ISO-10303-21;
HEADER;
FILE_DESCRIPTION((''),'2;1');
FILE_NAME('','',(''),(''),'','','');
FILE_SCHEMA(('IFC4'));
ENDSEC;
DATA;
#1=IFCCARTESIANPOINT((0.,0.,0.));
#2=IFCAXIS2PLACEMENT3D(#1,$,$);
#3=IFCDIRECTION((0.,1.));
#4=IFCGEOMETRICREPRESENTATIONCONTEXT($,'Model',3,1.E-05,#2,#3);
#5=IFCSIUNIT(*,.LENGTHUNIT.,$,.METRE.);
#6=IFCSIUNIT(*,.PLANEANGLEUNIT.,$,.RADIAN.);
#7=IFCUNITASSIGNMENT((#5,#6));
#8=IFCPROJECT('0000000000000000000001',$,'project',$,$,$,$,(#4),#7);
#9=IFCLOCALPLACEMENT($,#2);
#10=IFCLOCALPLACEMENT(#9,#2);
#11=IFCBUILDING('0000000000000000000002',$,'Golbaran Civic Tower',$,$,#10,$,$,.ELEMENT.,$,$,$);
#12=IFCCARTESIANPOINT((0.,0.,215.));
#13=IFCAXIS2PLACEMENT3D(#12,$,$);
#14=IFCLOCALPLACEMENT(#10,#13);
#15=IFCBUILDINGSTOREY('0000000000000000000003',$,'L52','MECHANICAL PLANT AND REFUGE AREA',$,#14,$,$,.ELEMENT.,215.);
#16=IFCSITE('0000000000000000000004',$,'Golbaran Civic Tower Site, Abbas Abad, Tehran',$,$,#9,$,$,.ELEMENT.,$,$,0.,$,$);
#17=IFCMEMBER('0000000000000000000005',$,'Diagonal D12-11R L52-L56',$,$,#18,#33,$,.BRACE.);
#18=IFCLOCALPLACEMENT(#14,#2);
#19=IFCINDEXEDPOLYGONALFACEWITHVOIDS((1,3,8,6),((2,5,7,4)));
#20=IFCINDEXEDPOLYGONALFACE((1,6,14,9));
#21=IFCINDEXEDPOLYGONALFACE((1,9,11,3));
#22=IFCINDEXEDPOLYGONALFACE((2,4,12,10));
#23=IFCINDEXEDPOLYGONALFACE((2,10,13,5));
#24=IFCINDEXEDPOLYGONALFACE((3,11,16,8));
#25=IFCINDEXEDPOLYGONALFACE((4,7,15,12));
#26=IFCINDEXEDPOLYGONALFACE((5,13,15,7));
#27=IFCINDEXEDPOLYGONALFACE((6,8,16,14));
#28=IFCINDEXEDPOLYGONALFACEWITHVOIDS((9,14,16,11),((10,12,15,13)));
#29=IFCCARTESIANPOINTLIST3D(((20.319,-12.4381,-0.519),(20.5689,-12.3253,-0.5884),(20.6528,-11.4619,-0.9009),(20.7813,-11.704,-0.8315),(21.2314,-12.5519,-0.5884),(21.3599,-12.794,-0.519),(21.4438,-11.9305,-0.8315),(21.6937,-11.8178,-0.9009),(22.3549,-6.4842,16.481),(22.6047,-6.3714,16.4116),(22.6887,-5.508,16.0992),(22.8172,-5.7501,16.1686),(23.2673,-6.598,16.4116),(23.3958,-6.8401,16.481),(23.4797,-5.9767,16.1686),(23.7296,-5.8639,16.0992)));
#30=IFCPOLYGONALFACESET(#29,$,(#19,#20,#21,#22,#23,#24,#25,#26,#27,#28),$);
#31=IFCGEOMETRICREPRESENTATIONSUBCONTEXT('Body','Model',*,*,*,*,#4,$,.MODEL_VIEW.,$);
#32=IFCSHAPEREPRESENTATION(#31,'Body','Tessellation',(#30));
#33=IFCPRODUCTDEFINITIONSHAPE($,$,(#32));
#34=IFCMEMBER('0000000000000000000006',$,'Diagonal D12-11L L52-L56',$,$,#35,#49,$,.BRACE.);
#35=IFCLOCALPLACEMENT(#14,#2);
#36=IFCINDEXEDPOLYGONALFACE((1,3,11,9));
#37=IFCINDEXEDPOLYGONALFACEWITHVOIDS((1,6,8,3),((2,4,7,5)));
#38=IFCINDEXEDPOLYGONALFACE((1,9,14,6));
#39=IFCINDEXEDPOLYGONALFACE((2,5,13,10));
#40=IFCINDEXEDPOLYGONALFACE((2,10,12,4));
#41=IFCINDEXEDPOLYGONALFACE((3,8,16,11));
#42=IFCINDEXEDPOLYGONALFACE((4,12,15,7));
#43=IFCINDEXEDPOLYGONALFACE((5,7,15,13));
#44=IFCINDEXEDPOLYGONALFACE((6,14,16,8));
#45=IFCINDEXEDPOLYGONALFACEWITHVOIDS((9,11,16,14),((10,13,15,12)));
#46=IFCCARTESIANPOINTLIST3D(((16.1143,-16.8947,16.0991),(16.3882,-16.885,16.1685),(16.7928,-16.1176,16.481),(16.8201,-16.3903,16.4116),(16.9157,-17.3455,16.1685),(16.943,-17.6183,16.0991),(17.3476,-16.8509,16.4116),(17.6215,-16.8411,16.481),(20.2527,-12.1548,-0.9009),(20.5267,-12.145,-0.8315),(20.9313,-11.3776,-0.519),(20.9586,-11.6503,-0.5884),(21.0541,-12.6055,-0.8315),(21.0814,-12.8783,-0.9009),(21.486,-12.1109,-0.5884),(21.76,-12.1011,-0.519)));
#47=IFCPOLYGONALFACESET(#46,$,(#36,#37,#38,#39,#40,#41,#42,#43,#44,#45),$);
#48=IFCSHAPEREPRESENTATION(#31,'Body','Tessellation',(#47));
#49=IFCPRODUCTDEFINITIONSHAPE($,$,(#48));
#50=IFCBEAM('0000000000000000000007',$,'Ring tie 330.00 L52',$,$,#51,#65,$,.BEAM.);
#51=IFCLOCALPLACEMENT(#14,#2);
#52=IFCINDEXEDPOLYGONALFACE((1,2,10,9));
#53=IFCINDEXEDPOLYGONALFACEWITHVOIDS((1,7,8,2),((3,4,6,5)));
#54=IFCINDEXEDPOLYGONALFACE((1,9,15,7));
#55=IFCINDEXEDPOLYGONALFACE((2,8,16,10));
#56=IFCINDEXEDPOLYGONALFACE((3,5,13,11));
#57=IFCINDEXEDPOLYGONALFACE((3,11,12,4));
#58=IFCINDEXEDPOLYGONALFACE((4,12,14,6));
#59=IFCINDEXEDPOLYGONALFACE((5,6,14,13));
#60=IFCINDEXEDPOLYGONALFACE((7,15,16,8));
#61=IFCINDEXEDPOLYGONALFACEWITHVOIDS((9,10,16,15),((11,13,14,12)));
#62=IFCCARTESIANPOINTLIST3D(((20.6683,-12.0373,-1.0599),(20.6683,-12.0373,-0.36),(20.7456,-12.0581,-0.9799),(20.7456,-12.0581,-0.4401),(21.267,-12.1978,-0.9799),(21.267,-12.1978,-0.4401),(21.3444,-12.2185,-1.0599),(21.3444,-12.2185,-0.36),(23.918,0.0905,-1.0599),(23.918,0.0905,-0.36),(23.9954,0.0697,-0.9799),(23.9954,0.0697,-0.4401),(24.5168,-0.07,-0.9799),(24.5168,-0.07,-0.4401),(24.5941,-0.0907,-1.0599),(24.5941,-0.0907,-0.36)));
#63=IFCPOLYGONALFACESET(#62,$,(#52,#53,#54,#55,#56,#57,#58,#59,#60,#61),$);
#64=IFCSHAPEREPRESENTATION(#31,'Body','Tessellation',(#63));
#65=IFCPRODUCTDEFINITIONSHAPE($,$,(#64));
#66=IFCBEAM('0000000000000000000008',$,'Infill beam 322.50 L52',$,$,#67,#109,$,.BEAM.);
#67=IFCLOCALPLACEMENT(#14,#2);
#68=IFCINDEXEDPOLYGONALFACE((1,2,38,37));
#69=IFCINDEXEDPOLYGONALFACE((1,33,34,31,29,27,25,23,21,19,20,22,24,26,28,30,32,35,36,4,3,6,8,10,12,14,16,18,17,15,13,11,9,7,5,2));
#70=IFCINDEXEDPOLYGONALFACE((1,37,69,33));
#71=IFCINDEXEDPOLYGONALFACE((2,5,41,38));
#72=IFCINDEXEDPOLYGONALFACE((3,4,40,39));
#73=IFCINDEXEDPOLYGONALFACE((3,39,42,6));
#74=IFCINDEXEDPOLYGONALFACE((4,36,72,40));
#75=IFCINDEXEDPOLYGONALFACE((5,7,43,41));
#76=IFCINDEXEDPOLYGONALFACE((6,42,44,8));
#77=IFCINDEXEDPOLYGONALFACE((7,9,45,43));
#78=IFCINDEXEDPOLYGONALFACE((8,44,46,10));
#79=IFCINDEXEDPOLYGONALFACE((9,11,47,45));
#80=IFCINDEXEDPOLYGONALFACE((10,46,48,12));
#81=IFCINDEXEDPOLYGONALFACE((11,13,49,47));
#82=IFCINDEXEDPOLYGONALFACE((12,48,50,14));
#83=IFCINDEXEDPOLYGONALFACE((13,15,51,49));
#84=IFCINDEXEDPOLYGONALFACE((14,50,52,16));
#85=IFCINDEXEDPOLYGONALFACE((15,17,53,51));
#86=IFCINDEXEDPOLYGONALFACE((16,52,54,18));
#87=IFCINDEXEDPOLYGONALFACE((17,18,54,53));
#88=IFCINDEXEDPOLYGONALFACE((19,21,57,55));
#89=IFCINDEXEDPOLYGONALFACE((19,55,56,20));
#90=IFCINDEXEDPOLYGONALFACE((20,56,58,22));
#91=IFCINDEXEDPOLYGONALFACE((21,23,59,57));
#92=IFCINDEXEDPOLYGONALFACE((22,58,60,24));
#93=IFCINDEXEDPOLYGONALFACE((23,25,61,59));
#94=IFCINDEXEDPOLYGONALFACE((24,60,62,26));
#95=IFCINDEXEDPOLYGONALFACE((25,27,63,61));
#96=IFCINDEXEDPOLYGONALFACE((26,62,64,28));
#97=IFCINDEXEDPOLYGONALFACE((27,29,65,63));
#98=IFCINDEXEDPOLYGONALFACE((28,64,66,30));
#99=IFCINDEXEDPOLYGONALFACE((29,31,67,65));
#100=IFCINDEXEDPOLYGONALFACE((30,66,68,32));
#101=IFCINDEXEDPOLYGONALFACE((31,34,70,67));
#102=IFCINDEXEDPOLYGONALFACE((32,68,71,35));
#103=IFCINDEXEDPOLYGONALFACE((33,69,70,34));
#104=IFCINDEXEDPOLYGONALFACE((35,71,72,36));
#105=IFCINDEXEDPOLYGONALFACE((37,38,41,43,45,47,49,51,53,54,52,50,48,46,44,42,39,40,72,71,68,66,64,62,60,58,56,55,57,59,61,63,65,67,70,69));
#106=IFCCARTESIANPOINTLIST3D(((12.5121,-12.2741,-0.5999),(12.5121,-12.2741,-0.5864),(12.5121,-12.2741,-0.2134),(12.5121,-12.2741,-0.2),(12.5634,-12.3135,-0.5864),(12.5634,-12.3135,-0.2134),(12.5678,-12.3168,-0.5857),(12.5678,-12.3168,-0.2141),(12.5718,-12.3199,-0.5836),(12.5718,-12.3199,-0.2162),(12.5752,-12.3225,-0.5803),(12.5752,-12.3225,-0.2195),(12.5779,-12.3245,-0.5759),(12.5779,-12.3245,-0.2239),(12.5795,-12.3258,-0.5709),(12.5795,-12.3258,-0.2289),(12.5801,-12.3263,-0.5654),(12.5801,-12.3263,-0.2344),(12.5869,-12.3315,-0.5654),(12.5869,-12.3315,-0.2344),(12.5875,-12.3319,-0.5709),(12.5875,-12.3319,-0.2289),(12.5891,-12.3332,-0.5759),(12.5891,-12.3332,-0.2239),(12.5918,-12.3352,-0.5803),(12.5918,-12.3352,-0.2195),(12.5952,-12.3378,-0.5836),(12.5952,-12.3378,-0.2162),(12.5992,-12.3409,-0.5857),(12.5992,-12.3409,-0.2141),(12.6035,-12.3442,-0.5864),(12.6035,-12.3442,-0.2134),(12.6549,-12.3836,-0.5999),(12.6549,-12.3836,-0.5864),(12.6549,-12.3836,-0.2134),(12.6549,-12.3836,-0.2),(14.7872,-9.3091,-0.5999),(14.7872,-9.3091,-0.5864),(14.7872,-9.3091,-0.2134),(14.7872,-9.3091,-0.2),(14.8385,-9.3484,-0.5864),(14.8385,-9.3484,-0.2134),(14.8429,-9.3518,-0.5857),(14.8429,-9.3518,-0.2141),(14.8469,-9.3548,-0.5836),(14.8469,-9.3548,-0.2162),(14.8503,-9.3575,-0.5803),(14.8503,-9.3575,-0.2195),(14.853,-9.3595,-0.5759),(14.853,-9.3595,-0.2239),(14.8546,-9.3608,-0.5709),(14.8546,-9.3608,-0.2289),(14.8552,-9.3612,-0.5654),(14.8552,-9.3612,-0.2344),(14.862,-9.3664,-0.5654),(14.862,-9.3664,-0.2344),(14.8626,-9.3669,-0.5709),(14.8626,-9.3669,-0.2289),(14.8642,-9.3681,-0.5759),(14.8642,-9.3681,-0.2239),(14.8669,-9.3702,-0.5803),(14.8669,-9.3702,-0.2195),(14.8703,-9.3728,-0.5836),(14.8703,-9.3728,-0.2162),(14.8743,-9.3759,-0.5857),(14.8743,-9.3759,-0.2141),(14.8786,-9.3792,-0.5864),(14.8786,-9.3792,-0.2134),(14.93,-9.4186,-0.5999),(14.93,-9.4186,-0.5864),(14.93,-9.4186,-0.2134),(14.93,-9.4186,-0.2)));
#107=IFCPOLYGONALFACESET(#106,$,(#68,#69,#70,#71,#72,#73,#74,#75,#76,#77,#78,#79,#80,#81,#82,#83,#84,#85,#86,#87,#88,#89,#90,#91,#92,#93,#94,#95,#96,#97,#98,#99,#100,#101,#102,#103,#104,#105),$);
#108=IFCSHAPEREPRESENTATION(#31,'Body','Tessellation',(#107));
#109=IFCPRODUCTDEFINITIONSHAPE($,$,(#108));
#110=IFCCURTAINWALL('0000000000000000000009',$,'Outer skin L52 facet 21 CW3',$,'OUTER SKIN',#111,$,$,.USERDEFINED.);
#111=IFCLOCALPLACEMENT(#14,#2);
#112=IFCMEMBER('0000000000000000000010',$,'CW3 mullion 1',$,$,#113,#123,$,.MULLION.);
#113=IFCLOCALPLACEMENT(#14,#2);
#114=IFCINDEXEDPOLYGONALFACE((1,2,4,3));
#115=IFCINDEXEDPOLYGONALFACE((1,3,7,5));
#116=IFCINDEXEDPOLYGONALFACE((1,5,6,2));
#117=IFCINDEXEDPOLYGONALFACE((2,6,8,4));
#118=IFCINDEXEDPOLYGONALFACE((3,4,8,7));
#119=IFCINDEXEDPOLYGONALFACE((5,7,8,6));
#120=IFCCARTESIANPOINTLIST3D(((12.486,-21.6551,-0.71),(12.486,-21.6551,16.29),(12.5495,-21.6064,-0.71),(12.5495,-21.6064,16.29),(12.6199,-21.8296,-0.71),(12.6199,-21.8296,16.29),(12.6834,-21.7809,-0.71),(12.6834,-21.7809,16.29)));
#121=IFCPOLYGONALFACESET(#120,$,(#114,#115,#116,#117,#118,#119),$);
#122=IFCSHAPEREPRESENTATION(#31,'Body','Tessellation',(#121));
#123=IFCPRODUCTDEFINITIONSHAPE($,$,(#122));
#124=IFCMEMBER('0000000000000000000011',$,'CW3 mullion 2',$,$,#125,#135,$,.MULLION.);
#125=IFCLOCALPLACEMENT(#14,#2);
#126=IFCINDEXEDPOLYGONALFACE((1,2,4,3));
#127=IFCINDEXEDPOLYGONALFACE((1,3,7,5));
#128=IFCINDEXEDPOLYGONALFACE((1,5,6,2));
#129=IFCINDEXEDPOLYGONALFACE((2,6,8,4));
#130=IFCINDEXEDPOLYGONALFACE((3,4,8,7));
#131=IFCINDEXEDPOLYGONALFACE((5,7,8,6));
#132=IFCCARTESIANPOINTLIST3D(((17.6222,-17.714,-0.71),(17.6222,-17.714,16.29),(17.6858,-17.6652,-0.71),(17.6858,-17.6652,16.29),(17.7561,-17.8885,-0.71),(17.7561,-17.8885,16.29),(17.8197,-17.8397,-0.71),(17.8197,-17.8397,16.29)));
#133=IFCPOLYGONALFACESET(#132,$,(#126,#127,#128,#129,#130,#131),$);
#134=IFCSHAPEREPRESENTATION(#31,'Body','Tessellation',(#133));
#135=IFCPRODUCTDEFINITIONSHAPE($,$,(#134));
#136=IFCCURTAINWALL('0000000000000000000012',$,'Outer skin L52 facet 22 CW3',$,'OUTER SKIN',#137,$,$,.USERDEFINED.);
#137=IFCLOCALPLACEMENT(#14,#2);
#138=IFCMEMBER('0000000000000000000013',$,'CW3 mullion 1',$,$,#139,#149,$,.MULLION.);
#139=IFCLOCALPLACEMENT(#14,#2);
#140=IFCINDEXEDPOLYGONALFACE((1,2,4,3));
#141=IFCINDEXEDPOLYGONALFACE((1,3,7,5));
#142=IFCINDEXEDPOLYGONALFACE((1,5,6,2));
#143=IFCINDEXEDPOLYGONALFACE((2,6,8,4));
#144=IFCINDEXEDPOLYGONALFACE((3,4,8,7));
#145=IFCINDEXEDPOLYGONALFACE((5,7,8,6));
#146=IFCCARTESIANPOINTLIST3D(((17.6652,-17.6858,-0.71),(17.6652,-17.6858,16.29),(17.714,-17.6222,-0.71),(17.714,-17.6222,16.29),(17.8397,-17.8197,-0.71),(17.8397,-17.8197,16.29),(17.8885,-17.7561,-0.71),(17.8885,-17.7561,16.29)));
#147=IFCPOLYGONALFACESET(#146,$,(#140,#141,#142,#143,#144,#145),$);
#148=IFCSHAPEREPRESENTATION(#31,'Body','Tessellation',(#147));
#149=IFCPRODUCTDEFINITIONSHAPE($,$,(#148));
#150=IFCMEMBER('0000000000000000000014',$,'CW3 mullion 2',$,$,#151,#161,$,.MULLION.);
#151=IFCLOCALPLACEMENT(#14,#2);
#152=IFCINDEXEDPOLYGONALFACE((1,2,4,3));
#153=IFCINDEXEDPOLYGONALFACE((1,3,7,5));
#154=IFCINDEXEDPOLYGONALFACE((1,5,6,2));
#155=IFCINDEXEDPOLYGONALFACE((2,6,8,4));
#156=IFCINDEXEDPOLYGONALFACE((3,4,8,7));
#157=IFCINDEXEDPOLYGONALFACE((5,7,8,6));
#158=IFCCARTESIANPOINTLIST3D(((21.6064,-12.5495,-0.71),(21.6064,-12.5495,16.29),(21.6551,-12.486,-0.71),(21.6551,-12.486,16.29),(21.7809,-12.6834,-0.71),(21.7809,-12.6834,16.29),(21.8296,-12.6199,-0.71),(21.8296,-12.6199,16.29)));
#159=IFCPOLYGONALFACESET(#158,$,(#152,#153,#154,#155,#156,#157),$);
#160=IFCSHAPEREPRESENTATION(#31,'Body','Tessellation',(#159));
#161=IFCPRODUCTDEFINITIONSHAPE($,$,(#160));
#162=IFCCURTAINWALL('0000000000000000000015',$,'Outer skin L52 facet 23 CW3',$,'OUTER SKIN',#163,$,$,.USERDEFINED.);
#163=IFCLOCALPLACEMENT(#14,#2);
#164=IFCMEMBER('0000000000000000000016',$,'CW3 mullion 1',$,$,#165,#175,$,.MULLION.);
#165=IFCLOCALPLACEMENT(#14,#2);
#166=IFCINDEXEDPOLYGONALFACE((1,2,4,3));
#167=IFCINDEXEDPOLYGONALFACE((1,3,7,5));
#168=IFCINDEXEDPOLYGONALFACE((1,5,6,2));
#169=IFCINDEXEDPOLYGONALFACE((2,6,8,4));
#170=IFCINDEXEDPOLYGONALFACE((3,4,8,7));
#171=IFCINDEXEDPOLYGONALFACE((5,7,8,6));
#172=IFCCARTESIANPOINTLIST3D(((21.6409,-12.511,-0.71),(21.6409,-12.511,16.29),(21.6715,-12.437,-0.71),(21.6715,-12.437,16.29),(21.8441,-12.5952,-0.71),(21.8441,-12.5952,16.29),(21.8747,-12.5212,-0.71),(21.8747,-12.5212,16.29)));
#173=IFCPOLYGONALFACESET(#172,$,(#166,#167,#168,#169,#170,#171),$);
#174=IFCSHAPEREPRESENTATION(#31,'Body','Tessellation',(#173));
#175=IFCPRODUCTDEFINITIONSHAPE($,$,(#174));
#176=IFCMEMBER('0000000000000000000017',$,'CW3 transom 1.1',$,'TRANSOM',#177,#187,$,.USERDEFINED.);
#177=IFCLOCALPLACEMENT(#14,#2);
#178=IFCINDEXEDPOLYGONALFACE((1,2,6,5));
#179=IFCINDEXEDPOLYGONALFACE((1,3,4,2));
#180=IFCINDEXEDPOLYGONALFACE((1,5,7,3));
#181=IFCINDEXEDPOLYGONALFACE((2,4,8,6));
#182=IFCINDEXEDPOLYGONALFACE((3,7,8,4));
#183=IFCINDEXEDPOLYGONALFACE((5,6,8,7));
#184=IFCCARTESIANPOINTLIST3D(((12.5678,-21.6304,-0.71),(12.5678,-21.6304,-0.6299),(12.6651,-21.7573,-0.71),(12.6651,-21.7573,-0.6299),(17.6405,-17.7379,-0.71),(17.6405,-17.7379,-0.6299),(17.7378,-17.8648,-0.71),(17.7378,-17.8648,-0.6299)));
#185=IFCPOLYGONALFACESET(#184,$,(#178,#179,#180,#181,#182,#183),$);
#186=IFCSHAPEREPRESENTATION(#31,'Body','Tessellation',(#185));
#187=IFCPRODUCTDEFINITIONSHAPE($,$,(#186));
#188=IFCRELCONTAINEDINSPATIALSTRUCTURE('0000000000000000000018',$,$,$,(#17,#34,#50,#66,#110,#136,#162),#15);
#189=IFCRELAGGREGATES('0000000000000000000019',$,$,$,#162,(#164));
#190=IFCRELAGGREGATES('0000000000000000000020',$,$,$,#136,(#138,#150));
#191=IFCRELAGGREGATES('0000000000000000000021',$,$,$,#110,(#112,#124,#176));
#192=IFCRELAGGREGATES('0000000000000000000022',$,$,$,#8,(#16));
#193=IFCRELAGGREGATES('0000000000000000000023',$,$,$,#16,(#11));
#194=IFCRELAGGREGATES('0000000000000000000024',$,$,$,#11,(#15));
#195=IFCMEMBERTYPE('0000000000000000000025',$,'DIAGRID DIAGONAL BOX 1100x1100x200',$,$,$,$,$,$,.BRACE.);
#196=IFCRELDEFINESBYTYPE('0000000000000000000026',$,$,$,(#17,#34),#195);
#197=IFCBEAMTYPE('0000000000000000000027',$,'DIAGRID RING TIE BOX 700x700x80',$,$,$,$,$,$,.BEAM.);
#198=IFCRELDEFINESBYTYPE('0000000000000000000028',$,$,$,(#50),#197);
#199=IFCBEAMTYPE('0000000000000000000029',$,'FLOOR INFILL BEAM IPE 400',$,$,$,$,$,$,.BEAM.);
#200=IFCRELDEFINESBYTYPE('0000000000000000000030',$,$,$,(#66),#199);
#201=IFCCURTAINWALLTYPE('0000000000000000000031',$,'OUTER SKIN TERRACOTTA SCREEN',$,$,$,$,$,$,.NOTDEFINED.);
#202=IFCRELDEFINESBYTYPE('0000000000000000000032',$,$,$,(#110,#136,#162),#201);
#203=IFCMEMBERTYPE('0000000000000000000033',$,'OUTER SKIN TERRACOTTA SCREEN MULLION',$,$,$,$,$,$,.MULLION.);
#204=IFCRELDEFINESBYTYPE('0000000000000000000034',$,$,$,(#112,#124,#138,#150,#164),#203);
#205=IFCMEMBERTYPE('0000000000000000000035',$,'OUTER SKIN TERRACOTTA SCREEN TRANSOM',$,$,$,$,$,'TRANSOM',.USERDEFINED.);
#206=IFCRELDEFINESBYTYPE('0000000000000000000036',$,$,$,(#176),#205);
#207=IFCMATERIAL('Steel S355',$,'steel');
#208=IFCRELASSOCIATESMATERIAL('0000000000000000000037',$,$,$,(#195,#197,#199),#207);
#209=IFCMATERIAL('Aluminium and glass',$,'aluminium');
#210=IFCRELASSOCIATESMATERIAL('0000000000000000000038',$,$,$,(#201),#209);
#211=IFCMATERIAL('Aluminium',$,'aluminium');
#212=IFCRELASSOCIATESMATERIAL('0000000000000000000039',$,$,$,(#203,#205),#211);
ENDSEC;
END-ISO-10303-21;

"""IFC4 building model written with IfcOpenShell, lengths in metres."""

from ifc_helpers import new_model, si_unit, direction, frame, origin, origin_2d, place, context, subcontext, project, spatial, rectangle, hollow_rectangle, i_section, extrude, material, material_profile, profile_set, type_object, element, aggregate, save


model = new_model("IFC4")

# Units and contexts
model_context = context("Model", 3, precision=1e-05, world=origin(), true_north=direction((0.0, 1.0)))
body_context = subcontext(model_context, "Body", "Model", "MODEL_VIEW")
ifc_project = project(units=[si_unit("LENGTHUNIT", "METRE"), si_unit("PLANEANGLEUNIT", "RADIAN")], contexts=[model_context])

# Site, building, storey
site_placement = place(None, origin())
site = spatial("IfcSite", under=ifc_project, at=site_placement, Name="Golbaran Civic Tower Site, Abbas Abad, Tehran", CompositionType="ELEMENT", RefElevation=0.0)
building_placement = place(site_placement, origin())
building = spatial("IfcBuilding", under=site, at=building_placement, Name="Golbaran Civic Tower", CompositionType="ELEMENT")
storey_placement = place(building_placement, frame((0.0, 0.0, 215.0)))
storey = spatial("IfcBuildingStorey", under=building, at=storey_placement, Name="L52", Description="MECHANICAL PLANT AND REFUGE AREA", CompositionType="ELEMENT", Elevation=215.0)

# Members
ifc_material_1 = material(Name="Steel S355", Category="steel")
ifc_material_profile_1 = material_profile(ifc_material_1, hollow_rectangle(XDim=1.1001, YDim=1.1001, WallThickness=0.2, at=origin_2d()), Name="BOX 1100x1100x200")
ifc_profile_set_1 = profile_set([ifc_material_profile_1], Name="Steel S355")
member_type_1 = type_object("IfcMemberType", Name="DIAGRID DIAGONAL BOX 1100x1100x200", PredefinedType="BRACE", material=ifc_profile_set_1)
for number, where, z_axis, x_axis, name in (
    (1, (21.0063, -12.1279, -0.71), (0.112312, 0.32845, 0.93782), (-0.946211, 0.323551, 0.0), "Diagonal D12-11R L52-L56"),
    (2, (21.0063, -12.1279, -0.71), (-0.2283, -0.261485, 0.937819), (0.75329, -0.657688, 0.0), "Diagonal D12-11L L52-L56"),
):
    element("IfcMember", number, at=place(storey_placement, frame(where, z_axis=z_axis, x_axis=x_axis)), inside=storey, type_object=member_type_1, Name=name, PredefinedType="BRACE", context=body_context, shape_type="SweptSolid", body=[
        extrude(hollow_rectangle(XDim=1.1001, YDim=1.1001, WallThickness=0.2, at=origin_2d()), origin(), (0.0, 0.0, 1.0), 18.1272),
    ])

# Beams
ifc_material_profile_2 = material_profile(ifc_material_1, hollow_rectangle(XDim=0.7, YDim=0.7, WallThickness=0.0801, at=origin_2d()), Name="BOX 700x700x80")
ifc_profile_set_2 = profile_set([ifc_material_profile_2], Name="Steel S355")
beam_type_1 = type_object("IfcBeamType", Name="DIAGRID RING TIE BOX 700x700x80", PredefinedType="BEAM", material=ifc_profile_set_2)
beam_1_placement = place(storey_placement, frame((21.0063, -12.1279, -0.71), z_axis=(0.258826, 0.965924, 0.0), x_axis=(-0.965924, 0.258826, 0.0)))
element("IfcBeam", 3, at=beam_1_placement, inside=storey, type_object=beam_type_1, Name="Ring tie 330.00 L52", PredefinedType="BEAM", context=body_context, shape_type="SweptSolid", body=[
    extrude(hollow_rectangle(XDim=0.7, YDim=0.7, WallThickness=0.0801, at=origin_2d()), origin(), (0.0, 0.0, 1.0), 12.5557),
])
ifc_material_profile_3 = material_profile(ifc_material_1, i_section(OverallWidth=0.1799, OverallDepth=0.3999, WebThickness=0.0085, FlangeThickness=0.0134, FilletRadius=0.021, at=origin_2d()), Name="IPE 400")
ifc_profile_set_3 = profile_set([ifc_material_profile_3], Name="Steel S355")
beam_type_2 = type_object("IfcBeamType", Name="FLOOR INFILL BEAM IPE 400", PredefinedType="BEAM", material=ifc_profile_set_3)
beam_2_placement = place(storey_placement, frame((12.5835, -12.3289, -0.3999), z_axis=(0.608754, 0.793359, 0.0), x_axis=(-0.793359, 0.608754, 0.0)))
element("IfcBeam", 4, at=beam_2_placement, inside=storey, type_object=beam_type_2, Name="Infill beam 322.50 L52", PredefinedType="BEAM", context=body_context, shape_type="SweptSolid", body=[
    extrude(i_section(OverallWidth=0.1799, OverallDepth=0.3999, WebThickness=0.0085, FlangeThickness=0.0134, FilletRadius=0.021, at=origin_2d()), origin(), (0.0, 0.0, 1.0), 3.7373),
])

# Curtain walls, members
ifc_material_2 = material(Name="Aluminium and glass", Category="aluminium")
curtain_wall_type_1 = type_object("IfcCurtainWallType", Name="OUTER SKIN TERRACOTTA SCREEN", PredefinedType="NOTDEFINED", material=ifc_material_2)
curtain_wall_1_placement = place(storey_placement, origin())
curtain_wall_1 = element("IfcCurtainWall", 5, at=curtain_wall_1_placement, inside=storey, type_object=curtain_wall_type_1, Name="Outer skin L52 facet 21 CW3", ObjectType="OUTER SKIN", PredefinedType="USERDEFINED")
ifc_material_3 = material(Name="Aluminium", Category="aluminium")
ifc_material_profile_4 = material_profile(ifc_material_3, rectangle(XDim=0.22, YDim=0.0801, at=origin_2d()), Name="OUTER SKIN TERRACOTTA SCREEN MULLION")
ifc_profile_set_4 = profile_set([ifc_material_profile_4], Name="Aluminium")
member_type_2 = type_object("IfcMemberType", Name="OUTER SKIN TERRACOTTA SCREEN MULLION", PredefinedType="MULLION", material=ifc_profile_set_4)
member_1_placement = place(storey_placement, frame((12.5847, -21.718, -0.71), z_axis=(0.0, 0.0, 1.0), x_axis=(-0.608761, 0.793353, 0.0)))
member_1 = element("IfcMember", 6, at=member_1_placement, type_object=member_type_2, Name="CW3 mullion 1", PredefinedType="MULLION", context=body_context, shape_type="SweptSolid", body=[
    extrude(rectangle(XDim=0.22, YDim=0.0801, at=origin_2d()), origin(), (0.0, 0.0, 1.0), 17.0),
])
member_2_placement = place(storey_placement, frame((17.7209, -17.7769, -0.71), z_axis=(0.0, 0.0, 1.0), x_axis=(-0.608761, 0.793353, 0.0)))
member_2 = element("IfcMember", 7, at=member_2_placement, type_object=member_type_2, Name="CW3 mullion 2", PredefinedType="MULLION", context=body_context, shape_type="SweptSolid", body=[
    extrude(rectangle(XDim=0.22, YDim=0.0801, at=origin_2d()), origin(), (0.0, 0.0, 1.0), 17.0),
])
curtain_wall_2_placement = place(storey_placement, origin())
curtain_wall_2 = element("IfcCurtainWall", 8, at=curtain_wall_2_placement, inside=storey, type_object=curtain_wall_type_1, Name="Outer skin L52 facet 22 CW3", ObjectType="OUTER SKIN", PredefinedType="USERDEFINED")
member_3_placement = place(storey_placement, frame((17.7769, -17.7209, -0.71), z_axis=(0.0, 0.0, 1.0), x_axis=(-0.793353, 0.608761, 0.0)))
member_3 = element("IfcMember", 9, at=member_3_placement, type_object=member_type_2, Name="CW3 mullion 1", PredefinedType="MULLION", context=body_context, shape_type="SweptSolid", body=[
    extrude(rectangle(XDim=0.22, YDim=0.0801, at=origin_2d()), origin(), (0.0, 0.0, 1.0), 17.0),
])
member_4_placement = place(storey_placement, frame((21.718, -12.5847, -0.71), z_axis=(0.0, 0.0, 1.0), x_axis=(-0.793353, 0.608761, 0.0)))
member_4 = element("IfcMember", 10, at=member_4_placement, type_object=member_type_2, Name="CW3 mullion 2", PredefinedType="MULLION", context=body_context, shape_type="SweptSolid", body=[
    extrude(rectangle(XDim=0.22, YDim=0.0801, at=origin_2d()), origin(), (0.0, 0.0, 1.0), 17.0),
])

# Curtain wall, member
curtain_wall_3_placement = place(storey_placement, origin())
curtain_wall_3 = element("IfcCurtainWall", 11, at=curtain_wall_3_placement, inside=storey, type_object=curtain_wall_type_1, Name="Outer skin L52 facet 23 CW3", ObjectType="OUTER SKIN", PredefinedType="USERDEFINED")
member_5_placement = place(storey_placement, frame((21.7578, -12.5161, -0.71), z_axis=(0.0, 0.0, 1.0), x_axis=(-0.92388, 0.382683, 0.0)))
member_5 = element("IfcMember", 12, at=member_5_placement, type_object=member_type_2, Name="CW3 mullion 1", PredefinedType="MULLION", context=body_context, shape_type="SweptSolid", body=[
    extrude(rectangle(XDim=0.22, YDim=0.0801, at=origin_2d()), origin(), (0.0, 0.0, 1.0), 17.0),
])

# Member
ifc_material_profile_5 = material_profile(ifc_material_3, rectangle(XDim=0.1599, YDim=0.0801, at=origin_2d()), Name="OUTER SKIN TERRACOTTA SCREEN TRANSOM")
ifc_profile_set_5 = profile_set([ifc_material_profile_5], Name="Aluminium")
member_type_3 = type_object("IfcMemberType", Name="OUTER SKIN TERRACOTTA SCREEN TRANSOM", ElementType="TRANSOM", PredefinedType="USERDEFINED", material=ifc_profile_set_5)
member_6_placement = place(storey_placement, frame((12.6165, -21.6938, -0.6699), z_axis=(0.793344, 0.608773, 0.0), x_axis=(-0.608773, 0.793344, 0.0)))
member_6 = element("IfcMember", 13, at=member_6_placement, type_object=member_type_3, Name="CW3 transom 1.1", ObjectType="TRANSOM", PredefinedType="USERDEFINED", context=body_context, shape_type="SweptSolid", body=[
    extrude(rectangle(XDim=0.1599, YDim=0.0801, at=origin_2d()), origin(), (0.0, 0.0, 1.0), 6.394),
])
aggregate(curtain_wall_3, [member_5])

aggregate(curtain_wall_2, [member_3, member_4])
aggregate(curtain_wall_1, [member_1, member_2, member_6])

save(model, "model.ifc")
